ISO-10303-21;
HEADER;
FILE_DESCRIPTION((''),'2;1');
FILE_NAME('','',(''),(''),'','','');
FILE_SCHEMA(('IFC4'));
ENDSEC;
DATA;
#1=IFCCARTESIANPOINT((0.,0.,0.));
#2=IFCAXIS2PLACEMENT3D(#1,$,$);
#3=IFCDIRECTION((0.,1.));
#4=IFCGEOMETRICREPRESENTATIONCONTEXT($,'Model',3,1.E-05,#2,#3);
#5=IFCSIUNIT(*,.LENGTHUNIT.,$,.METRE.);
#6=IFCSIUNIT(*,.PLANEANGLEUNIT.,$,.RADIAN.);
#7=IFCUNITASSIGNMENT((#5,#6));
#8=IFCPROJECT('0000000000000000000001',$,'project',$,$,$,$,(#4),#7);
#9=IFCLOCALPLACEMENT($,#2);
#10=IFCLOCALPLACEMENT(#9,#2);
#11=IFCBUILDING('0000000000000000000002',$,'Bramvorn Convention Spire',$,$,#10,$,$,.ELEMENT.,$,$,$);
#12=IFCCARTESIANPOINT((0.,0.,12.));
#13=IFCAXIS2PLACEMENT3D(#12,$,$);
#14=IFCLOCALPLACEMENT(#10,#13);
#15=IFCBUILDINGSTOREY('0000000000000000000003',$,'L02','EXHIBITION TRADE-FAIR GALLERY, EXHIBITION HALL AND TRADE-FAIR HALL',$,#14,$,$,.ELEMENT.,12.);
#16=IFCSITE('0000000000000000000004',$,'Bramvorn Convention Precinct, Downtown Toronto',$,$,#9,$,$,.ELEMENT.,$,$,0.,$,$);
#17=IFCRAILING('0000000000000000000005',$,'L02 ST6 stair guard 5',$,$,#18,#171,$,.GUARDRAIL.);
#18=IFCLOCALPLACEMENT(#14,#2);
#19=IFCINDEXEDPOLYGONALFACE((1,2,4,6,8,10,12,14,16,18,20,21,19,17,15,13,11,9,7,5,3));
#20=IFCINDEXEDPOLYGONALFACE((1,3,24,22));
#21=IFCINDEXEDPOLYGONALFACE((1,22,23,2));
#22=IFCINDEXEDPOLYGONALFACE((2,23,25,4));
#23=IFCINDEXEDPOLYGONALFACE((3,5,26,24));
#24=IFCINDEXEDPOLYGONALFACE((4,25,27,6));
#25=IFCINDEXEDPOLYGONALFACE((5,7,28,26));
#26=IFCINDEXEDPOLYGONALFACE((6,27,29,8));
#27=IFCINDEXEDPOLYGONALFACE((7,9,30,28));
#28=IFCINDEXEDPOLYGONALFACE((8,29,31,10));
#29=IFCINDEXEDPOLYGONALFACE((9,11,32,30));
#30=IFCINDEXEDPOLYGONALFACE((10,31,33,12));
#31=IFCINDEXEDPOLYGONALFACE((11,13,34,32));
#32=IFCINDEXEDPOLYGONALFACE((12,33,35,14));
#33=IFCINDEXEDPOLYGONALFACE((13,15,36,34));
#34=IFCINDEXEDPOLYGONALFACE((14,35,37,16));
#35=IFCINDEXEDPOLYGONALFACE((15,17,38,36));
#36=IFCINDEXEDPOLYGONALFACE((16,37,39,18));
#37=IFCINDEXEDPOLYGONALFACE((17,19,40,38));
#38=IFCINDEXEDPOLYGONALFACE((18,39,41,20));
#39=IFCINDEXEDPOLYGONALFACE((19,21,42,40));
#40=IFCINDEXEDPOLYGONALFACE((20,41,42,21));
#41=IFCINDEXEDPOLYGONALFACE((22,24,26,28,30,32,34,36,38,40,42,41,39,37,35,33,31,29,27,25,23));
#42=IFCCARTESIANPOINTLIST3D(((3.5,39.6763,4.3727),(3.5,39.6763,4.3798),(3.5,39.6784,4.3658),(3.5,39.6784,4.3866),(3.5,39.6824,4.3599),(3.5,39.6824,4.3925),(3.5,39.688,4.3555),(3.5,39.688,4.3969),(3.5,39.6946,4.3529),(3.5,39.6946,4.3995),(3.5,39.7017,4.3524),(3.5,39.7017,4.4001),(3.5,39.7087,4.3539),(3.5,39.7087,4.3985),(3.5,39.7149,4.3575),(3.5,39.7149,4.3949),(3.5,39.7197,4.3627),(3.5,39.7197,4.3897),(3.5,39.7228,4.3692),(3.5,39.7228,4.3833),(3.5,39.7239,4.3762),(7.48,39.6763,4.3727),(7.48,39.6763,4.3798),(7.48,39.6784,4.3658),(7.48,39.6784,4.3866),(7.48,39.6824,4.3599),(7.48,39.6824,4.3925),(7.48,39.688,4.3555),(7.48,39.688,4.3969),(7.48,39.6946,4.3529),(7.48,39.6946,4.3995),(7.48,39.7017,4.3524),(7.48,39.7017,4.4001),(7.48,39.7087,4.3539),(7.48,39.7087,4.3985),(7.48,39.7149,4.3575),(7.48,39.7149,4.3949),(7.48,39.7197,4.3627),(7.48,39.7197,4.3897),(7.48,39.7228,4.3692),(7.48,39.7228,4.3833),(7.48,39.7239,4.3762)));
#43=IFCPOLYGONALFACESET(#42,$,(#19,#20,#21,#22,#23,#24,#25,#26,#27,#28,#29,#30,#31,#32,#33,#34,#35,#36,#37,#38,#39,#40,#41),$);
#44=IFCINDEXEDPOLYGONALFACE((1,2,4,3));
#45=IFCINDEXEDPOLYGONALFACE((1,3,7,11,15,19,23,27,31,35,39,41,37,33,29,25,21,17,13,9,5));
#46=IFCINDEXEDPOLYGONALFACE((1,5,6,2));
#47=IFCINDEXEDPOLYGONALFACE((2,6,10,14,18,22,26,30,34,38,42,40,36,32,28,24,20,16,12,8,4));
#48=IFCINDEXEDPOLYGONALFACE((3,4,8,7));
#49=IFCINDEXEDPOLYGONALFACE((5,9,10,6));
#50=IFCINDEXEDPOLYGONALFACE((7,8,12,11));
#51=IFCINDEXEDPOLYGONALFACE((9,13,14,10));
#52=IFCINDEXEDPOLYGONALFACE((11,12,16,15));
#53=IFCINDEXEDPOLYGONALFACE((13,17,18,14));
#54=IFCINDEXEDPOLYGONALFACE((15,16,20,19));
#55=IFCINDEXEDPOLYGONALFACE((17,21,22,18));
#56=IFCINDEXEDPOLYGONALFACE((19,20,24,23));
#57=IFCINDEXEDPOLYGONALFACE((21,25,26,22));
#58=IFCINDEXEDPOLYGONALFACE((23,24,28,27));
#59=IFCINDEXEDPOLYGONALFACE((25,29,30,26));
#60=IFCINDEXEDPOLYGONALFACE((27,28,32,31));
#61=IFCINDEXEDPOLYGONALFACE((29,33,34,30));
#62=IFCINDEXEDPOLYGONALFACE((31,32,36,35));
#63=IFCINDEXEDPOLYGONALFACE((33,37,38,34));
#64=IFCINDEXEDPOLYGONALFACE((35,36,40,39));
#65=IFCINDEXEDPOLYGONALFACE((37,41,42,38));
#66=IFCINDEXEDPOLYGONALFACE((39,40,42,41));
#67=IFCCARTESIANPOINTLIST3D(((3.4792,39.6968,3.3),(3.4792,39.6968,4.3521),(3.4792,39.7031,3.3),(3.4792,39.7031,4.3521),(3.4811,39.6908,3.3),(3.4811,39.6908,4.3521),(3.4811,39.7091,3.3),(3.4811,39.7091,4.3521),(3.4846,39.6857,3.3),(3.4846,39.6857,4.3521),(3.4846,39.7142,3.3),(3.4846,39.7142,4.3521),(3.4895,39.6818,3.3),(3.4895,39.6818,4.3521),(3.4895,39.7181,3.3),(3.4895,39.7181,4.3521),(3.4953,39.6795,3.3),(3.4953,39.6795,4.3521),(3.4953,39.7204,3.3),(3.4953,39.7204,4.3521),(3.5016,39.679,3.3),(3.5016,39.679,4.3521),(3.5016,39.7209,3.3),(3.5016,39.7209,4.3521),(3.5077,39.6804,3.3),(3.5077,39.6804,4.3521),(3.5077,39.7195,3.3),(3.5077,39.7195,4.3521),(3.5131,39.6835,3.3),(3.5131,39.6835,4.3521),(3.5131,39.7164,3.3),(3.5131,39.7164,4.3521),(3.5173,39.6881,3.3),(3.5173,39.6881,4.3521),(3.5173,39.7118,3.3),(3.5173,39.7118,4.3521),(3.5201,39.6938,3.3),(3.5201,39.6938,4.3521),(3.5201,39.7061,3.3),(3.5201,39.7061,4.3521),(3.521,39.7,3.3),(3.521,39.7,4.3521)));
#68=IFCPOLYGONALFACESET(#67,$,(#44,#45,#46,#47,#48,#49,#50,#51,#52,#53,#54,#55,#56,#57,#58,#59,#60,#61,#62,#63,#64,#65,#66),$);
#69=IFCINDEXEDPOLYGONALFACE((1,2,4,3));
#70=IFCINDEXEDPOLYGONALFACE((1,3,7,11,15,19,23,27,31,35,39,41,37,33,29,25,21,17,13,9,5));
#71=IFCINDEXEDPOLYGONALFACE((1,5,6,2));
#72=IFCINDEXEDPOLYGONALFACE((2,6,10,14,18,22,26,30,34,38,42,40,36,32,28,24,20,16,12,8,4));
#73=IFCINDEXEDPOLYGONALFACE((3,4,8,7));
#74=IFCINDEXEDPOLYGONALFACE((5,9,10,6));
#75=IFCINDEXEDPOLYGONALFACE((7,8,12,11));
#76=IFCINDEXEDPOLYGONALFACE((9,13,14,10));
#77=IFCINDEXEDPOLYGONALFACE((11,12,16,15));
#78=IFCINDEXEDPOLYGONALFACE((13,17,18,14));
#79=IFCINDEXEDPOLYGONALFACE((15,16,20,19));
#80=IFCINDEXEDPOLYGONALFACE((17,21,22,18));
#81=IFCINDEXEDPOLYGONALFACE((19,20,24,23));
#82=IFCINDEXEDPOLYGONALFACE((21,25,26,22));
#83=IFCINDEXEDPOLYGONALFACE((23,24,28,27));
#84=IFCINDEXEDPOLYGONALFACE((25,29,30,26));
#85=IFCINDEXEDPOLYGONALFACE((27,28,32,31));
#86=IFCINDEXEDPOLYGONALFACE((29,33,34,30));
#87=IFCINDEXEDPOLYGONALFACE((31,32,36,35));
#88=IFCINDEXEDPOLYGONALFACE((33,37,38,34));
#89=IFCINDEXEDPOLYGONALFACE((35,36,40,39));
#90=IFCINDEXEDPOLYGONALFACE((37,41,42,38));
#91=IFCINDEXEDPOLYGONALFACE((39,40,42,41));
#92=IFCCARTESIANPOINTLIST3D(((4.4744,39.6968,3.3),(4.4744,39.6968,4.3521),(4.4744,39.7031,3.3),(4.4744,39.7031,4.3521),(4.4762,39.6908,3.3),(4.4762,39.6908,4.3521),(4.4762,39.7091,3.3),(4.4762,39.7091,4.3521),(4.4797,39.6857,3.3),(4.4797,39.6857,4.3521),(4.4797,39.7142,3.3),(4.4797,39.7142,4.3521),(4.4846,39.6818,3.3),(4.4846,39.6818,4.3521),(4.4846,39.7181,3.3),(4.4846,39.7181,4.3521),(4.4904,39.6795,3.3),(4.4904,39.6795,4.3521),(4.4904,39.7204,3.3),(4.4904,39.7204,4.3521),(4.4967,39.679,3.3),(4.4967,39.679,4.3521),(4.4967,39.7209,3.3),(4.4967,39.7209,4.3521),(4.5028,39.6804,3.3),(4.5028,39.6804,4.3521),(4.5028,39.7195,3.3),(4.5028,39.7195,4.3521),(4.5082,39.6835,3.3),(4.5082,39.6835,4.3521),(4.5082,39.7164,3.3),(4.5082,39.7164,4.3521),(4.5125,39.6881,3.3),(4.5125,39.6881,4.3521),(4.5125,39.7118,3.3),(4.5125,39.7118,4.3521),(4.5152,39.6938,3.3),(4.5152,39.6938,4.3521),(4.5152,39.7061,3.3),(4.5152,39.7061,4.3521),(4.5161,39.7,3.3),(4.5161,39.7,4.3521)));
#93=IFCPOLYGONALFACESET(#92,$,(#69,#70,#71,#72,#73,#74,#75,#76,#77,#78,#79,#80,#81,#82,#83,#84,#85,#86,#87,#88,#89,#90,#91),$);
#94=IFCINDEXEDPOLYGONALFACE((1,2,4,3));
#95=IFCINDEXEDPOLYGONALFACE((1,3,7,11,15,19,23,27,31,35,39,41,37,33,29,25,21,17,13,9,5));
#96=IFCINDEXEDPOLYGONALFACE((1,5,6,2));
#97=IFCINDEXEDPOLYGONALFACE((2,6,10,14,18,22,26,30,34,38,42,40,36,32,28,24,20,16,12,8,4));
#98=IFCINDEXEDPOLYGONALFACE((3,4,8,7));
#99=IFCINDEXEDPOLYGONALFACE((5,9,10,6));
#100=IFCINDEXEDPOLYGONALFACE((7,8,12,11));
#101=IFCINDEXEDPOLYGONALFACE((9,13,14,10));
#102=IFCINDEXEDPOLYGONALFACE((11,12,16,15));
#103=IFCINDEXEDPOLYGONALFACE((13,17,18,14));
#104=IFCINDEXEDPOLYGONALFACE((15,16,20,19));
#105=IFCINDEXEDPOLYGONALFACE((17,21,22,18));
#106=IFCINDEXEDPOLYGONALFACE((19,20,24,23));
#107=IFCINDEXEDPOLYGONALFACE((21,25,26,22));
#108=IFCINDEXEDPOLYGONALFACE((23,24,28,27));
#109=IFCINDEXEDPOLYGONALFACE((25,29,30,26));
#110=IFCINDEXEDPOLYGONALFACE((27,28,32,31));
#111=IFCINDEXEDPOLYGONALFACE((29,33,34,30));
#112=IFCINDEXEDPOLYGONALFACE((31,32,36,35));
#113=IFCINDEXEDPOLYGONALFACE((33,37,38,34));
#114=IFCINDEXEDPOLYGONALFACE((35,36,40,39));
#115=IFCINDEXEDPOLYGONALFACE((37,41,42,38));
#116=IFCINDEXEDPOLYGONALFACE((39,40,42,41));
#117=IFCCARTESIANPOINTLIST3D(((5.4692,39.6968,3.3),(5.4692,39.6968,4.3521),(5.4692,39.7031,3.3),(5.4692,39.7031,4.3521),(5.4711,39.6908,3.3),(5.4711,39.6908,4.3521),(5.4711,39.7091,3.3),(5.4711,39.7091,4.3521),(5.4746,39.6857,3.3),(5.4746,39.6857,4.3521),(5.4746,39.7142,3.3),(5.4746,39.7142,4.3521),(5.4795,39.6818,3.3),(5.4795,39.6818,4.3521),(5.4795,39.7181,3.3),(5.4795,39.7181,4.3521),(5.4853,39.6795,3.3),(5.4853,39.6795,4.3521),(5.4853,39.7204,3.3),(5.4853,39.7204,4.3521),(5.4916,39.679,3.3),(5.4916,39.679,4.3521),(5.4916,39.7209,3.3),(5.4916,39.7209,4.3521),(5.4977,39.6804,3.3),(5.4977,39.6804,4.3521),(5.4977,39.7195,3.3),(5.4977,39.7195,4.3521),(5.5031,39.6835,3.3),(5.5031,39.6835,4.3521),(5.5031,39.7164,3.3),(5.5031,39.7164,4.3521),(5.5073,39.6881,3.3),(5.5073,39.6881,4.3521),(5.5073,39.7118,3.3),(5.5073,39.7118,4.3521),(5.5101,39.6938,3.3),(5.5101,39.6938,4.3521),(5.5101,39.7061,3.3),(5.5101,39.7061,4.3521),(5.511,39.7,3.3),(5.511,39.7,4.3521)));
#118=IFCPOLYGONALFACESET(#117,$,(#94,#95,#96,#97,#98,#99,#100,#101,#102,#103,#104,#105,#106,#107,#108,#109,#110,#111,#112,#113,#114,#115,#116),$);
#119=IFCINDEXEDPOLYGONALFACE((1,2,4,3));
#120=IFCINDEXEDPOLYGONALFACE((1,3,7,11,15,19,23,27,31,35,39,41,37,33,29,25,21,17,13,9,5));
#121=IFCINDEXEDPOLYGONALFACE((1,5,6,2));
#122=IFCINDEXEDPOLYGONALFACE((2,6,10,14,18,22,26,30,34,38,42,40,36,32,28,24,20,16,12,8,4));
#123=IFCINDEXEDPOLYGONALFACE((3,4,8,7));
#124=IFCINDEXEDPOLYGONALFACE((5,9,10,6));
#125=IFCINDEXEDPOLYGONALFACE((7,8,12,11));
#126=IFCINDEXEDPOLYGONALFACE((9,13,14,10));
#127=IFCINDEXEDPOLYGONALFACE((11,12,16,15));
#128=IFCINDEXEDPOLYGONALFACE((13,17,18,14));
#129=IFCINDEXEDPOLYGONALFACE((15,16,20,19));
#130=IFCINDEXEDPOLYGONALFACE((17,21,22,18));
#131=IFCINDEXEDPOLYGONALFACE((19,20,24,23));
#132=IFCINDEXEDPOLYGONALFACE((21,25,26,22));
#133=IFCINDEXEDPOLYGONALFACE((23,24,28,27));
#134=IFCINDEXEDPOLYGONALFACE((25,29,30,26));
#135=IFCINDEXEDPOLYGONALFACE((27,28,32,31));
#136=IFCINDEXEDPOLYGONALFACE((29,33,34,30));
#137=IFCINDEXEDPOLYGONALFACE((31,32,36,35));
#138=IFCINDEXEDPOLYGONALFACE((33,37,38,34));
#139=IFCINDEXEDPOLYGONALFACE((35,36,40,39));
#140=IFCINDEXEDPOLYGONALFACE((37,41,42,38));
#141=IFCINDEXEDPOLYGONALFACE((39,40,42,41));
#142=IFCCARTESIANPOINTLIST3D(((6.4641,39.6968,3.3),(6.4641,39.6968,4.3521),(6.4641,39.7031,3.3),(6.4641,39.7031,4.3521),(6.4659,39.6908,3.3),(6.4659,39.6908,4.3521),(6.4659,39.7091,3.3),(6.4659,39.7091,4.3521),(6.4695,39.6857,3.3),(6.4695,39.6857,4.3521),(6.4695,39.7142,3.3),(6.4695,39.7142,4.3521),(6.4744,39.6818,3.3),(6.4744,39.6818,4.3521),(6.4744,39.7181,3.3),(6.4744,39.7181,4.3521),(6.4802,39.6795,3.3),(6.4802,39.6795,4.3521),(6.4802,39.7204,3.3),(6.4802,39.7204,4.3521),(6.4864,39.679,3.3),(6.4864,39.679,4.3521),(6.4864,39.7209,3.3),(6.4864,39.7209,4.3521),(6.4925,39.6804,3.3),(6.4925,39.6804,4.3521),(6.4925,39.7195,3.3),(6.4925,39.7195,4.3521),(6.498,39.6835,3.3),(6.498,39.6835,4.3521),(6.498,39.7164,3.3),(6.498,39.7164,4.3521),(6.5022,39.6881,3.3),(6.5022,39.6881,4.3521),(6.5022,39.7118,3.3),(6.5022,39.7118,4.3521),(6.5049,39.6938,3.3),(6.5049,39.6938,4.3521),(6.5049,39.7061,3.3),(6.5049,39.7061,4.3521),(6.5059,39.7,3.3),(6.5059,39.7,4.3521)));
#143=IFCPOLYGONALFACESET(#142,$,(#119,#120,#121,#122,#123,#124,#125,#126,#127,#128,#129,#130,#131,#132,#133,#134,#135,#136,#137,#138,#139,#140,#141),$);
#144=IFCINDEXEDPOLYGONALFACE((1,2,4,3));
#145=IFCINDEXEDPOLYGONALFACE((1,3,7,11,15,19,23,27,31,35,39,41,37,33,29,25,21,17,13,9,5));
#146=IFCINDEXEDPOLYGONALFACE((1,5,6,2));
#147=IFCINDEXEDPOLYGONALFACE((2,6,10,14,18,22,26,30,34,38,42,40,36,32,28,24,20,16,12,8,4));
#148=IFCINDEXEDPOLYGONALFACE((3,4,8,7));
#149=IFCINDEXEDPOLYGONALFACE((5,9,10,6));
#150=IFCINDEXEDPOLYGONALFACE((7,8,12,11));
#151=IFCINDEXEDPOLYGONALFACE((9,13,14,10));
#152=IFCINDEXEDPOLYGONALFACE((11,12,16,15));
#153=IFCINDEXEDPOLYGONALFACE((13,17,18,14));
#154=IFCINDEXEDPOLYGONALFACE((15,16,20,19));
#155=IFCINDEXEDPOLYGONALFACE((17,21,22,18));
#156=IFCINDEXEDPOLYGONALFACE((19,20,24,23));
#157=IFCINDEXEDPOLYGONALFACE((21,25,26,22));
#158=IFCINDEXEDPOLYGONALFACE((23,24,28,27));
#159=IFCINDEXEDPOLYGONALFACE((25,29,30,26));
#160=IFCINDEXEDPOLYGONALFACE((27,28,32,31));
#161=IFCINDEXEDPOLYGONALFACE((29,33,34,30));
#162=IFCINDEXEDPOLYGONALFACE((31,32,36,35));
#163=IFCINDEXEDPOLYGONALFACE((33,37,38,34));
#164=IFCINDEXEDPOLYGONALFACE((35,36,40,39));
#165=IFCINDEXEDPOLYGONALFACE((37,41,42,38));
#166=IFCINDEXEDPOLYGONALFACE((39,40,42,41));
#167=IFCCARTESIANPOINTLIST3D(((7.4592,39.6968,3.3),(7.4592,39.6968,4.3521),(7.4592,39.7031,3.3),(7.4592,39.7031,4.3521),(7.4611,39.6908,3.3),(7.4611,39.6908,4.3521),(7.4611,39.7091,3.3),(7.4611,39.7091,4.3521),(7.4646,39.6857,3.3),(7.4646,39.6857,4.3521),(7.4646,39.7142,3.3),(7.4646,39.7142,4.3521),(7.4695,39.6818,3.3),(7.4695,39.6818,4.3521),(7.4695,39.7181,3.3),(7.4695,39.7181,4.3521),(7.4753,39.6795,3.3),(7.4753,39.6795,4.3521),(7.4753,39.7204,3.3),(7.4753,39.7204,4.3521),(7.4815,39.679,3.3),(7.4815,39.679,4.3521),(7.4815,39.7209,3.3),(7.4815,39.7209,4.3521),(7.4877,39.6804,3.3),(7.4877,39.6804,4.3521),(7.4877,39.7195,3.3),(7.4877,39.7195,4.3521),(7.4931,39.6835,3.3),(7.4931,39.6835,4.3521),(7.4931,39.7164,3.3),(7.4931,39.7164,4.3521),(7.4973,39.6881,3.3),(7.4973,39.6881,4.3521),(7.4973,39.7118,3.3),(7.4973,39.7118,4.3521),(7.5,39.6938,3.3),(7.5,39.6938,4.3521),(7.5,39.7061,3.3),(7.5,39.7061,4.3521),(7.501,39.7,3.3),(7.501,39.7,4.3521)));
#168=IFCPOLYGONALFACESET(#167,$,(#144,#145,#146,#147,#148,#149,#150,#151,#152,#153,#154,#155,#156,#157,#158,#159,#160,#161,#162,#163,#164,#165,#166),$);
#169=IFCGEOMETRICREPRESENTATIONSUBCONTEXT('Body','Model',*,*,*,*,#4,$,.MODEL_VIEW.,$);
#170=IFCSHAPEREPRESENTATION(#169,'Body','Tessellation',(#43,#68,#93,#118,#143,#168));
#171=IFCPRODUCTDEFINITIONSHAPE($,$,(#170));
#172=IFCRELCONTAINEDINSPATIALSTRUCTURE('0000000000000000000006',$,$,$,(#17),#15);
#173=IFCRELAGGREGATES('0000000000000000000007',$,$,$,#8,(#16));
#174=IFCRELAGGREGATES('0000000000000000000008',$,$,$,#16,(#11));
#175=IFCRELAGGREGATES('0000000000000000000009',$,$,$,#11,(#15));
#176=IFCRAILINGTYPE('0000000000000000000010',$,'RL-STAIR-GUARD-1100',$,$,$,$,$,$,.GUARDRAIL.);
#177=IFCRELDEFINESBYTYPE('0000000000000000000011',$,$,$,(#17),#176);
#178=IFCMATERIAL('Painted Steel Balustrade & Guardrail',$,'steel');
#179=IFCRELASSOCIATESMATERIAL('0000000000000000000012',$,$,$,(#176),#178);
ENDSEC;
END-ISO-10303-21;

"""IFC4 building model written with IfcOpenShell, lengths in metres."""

from ifc_helpers import new_model, si_unit, direction, frame, origin, origin_2d, place, context, subcontext, project, spatial, circle, extrude, material, type_object, element, save


model = new_model("IFC4")

# Units and contexts
model_context = context("Model", 3, precision=1e-05, world=origin(), true_north=direction((0.0, 1.0)))
body_context = subcontext(model_context, "Body", "Model", "MODEL_VIEW")
ifc_project = project(units=[si_unit("LENGTHUNIT", "METRE"), si_unit("PLANEANGLEUNIT", "RADIAN")], contexts=[model_context])

# Site, building, storey
site_placement = place(None, origin())
site = spatial("IfcSite", under=ifc_project, at=site_placement, Name="Bramvorn Convention Precinct, Downtown Toronto", CompositionType="ELEMENT", RefElevation=0.0)
building_placement = place(site_placement, origin())
building = spatial("IfcBuilding", under=site, at=building_placement, Name="Bramvorn Convention Spire", CompositionType="ELEMENT")
storey_placement = place(building_placement, frame((0.0, 0.0, 12.0)))
storey = spatial("IfcBuildingStorey", under=building, at=storey_placement, Name="L02", Description="EXHIBITION TRADE-FAIR GALLERY, EXHIBITION HALL AND TRADE-FAIR HALL", CompositionType="ELEMENT", Elevation=12.0)

# Railing
ifc_material_1 = material(Name="Painted Steel Balustrade & Guardrail", Category="steel")
railing_type = type_object("IfcRailingType", Name="RL-STAIR-GUARD-1100", PredefinedType="GUARDRAIL", material=ifc_material_1)
railing_1_placement = place(storey_placement, frame((3.5, 39.7, 3.3)))
element("IfcRailing", 1, at=railing_1_placement, inside=storey, type_object=railing_type, Name="L02 ST6 stair guard 5", PredefinedType="GUARDRAIL", context=body_context, shape_type="SweptSolid", body=[
    extrude(circle(Radius=0.0239, at=origin_2d()), frame((0.0, 0.0, 1.0762), z_axis=(1.0, 0.0, 0.0), x_axis=(0.0, 1.0, 0.0)), (0.0, 0.0, 1.0), 3.98),
    extrude(circle(Radius=0.021, at=origin_2d()), origin(), (0.0, 0.0, 1.0), 1.052),
    extrude(circle(Radius=0.021, at=origin_2d()), frame((0.9951, 0.0, 0.0)), (0.0, 0.0, 1.0), 1.052),
    extrude(circle(Radius=0.021, at=origin_2d()), frame((1.99, 0.0, 0.0)), (0.0, 0.0, 1.0), 1.052),
    extrude(circle(Radius=0.021, at=origin_2d()), frame((2.9849, 0.0, 0.0)), (0.0, 0.0, 1.0), 1.052),
    extrude(circle(Radius=0.021, at=origin_2d()), frame((3.98, 0.0, 0.0)), (0.0, 0.0, 1.0), 1.052),
])

save(model, "model.ifc")
